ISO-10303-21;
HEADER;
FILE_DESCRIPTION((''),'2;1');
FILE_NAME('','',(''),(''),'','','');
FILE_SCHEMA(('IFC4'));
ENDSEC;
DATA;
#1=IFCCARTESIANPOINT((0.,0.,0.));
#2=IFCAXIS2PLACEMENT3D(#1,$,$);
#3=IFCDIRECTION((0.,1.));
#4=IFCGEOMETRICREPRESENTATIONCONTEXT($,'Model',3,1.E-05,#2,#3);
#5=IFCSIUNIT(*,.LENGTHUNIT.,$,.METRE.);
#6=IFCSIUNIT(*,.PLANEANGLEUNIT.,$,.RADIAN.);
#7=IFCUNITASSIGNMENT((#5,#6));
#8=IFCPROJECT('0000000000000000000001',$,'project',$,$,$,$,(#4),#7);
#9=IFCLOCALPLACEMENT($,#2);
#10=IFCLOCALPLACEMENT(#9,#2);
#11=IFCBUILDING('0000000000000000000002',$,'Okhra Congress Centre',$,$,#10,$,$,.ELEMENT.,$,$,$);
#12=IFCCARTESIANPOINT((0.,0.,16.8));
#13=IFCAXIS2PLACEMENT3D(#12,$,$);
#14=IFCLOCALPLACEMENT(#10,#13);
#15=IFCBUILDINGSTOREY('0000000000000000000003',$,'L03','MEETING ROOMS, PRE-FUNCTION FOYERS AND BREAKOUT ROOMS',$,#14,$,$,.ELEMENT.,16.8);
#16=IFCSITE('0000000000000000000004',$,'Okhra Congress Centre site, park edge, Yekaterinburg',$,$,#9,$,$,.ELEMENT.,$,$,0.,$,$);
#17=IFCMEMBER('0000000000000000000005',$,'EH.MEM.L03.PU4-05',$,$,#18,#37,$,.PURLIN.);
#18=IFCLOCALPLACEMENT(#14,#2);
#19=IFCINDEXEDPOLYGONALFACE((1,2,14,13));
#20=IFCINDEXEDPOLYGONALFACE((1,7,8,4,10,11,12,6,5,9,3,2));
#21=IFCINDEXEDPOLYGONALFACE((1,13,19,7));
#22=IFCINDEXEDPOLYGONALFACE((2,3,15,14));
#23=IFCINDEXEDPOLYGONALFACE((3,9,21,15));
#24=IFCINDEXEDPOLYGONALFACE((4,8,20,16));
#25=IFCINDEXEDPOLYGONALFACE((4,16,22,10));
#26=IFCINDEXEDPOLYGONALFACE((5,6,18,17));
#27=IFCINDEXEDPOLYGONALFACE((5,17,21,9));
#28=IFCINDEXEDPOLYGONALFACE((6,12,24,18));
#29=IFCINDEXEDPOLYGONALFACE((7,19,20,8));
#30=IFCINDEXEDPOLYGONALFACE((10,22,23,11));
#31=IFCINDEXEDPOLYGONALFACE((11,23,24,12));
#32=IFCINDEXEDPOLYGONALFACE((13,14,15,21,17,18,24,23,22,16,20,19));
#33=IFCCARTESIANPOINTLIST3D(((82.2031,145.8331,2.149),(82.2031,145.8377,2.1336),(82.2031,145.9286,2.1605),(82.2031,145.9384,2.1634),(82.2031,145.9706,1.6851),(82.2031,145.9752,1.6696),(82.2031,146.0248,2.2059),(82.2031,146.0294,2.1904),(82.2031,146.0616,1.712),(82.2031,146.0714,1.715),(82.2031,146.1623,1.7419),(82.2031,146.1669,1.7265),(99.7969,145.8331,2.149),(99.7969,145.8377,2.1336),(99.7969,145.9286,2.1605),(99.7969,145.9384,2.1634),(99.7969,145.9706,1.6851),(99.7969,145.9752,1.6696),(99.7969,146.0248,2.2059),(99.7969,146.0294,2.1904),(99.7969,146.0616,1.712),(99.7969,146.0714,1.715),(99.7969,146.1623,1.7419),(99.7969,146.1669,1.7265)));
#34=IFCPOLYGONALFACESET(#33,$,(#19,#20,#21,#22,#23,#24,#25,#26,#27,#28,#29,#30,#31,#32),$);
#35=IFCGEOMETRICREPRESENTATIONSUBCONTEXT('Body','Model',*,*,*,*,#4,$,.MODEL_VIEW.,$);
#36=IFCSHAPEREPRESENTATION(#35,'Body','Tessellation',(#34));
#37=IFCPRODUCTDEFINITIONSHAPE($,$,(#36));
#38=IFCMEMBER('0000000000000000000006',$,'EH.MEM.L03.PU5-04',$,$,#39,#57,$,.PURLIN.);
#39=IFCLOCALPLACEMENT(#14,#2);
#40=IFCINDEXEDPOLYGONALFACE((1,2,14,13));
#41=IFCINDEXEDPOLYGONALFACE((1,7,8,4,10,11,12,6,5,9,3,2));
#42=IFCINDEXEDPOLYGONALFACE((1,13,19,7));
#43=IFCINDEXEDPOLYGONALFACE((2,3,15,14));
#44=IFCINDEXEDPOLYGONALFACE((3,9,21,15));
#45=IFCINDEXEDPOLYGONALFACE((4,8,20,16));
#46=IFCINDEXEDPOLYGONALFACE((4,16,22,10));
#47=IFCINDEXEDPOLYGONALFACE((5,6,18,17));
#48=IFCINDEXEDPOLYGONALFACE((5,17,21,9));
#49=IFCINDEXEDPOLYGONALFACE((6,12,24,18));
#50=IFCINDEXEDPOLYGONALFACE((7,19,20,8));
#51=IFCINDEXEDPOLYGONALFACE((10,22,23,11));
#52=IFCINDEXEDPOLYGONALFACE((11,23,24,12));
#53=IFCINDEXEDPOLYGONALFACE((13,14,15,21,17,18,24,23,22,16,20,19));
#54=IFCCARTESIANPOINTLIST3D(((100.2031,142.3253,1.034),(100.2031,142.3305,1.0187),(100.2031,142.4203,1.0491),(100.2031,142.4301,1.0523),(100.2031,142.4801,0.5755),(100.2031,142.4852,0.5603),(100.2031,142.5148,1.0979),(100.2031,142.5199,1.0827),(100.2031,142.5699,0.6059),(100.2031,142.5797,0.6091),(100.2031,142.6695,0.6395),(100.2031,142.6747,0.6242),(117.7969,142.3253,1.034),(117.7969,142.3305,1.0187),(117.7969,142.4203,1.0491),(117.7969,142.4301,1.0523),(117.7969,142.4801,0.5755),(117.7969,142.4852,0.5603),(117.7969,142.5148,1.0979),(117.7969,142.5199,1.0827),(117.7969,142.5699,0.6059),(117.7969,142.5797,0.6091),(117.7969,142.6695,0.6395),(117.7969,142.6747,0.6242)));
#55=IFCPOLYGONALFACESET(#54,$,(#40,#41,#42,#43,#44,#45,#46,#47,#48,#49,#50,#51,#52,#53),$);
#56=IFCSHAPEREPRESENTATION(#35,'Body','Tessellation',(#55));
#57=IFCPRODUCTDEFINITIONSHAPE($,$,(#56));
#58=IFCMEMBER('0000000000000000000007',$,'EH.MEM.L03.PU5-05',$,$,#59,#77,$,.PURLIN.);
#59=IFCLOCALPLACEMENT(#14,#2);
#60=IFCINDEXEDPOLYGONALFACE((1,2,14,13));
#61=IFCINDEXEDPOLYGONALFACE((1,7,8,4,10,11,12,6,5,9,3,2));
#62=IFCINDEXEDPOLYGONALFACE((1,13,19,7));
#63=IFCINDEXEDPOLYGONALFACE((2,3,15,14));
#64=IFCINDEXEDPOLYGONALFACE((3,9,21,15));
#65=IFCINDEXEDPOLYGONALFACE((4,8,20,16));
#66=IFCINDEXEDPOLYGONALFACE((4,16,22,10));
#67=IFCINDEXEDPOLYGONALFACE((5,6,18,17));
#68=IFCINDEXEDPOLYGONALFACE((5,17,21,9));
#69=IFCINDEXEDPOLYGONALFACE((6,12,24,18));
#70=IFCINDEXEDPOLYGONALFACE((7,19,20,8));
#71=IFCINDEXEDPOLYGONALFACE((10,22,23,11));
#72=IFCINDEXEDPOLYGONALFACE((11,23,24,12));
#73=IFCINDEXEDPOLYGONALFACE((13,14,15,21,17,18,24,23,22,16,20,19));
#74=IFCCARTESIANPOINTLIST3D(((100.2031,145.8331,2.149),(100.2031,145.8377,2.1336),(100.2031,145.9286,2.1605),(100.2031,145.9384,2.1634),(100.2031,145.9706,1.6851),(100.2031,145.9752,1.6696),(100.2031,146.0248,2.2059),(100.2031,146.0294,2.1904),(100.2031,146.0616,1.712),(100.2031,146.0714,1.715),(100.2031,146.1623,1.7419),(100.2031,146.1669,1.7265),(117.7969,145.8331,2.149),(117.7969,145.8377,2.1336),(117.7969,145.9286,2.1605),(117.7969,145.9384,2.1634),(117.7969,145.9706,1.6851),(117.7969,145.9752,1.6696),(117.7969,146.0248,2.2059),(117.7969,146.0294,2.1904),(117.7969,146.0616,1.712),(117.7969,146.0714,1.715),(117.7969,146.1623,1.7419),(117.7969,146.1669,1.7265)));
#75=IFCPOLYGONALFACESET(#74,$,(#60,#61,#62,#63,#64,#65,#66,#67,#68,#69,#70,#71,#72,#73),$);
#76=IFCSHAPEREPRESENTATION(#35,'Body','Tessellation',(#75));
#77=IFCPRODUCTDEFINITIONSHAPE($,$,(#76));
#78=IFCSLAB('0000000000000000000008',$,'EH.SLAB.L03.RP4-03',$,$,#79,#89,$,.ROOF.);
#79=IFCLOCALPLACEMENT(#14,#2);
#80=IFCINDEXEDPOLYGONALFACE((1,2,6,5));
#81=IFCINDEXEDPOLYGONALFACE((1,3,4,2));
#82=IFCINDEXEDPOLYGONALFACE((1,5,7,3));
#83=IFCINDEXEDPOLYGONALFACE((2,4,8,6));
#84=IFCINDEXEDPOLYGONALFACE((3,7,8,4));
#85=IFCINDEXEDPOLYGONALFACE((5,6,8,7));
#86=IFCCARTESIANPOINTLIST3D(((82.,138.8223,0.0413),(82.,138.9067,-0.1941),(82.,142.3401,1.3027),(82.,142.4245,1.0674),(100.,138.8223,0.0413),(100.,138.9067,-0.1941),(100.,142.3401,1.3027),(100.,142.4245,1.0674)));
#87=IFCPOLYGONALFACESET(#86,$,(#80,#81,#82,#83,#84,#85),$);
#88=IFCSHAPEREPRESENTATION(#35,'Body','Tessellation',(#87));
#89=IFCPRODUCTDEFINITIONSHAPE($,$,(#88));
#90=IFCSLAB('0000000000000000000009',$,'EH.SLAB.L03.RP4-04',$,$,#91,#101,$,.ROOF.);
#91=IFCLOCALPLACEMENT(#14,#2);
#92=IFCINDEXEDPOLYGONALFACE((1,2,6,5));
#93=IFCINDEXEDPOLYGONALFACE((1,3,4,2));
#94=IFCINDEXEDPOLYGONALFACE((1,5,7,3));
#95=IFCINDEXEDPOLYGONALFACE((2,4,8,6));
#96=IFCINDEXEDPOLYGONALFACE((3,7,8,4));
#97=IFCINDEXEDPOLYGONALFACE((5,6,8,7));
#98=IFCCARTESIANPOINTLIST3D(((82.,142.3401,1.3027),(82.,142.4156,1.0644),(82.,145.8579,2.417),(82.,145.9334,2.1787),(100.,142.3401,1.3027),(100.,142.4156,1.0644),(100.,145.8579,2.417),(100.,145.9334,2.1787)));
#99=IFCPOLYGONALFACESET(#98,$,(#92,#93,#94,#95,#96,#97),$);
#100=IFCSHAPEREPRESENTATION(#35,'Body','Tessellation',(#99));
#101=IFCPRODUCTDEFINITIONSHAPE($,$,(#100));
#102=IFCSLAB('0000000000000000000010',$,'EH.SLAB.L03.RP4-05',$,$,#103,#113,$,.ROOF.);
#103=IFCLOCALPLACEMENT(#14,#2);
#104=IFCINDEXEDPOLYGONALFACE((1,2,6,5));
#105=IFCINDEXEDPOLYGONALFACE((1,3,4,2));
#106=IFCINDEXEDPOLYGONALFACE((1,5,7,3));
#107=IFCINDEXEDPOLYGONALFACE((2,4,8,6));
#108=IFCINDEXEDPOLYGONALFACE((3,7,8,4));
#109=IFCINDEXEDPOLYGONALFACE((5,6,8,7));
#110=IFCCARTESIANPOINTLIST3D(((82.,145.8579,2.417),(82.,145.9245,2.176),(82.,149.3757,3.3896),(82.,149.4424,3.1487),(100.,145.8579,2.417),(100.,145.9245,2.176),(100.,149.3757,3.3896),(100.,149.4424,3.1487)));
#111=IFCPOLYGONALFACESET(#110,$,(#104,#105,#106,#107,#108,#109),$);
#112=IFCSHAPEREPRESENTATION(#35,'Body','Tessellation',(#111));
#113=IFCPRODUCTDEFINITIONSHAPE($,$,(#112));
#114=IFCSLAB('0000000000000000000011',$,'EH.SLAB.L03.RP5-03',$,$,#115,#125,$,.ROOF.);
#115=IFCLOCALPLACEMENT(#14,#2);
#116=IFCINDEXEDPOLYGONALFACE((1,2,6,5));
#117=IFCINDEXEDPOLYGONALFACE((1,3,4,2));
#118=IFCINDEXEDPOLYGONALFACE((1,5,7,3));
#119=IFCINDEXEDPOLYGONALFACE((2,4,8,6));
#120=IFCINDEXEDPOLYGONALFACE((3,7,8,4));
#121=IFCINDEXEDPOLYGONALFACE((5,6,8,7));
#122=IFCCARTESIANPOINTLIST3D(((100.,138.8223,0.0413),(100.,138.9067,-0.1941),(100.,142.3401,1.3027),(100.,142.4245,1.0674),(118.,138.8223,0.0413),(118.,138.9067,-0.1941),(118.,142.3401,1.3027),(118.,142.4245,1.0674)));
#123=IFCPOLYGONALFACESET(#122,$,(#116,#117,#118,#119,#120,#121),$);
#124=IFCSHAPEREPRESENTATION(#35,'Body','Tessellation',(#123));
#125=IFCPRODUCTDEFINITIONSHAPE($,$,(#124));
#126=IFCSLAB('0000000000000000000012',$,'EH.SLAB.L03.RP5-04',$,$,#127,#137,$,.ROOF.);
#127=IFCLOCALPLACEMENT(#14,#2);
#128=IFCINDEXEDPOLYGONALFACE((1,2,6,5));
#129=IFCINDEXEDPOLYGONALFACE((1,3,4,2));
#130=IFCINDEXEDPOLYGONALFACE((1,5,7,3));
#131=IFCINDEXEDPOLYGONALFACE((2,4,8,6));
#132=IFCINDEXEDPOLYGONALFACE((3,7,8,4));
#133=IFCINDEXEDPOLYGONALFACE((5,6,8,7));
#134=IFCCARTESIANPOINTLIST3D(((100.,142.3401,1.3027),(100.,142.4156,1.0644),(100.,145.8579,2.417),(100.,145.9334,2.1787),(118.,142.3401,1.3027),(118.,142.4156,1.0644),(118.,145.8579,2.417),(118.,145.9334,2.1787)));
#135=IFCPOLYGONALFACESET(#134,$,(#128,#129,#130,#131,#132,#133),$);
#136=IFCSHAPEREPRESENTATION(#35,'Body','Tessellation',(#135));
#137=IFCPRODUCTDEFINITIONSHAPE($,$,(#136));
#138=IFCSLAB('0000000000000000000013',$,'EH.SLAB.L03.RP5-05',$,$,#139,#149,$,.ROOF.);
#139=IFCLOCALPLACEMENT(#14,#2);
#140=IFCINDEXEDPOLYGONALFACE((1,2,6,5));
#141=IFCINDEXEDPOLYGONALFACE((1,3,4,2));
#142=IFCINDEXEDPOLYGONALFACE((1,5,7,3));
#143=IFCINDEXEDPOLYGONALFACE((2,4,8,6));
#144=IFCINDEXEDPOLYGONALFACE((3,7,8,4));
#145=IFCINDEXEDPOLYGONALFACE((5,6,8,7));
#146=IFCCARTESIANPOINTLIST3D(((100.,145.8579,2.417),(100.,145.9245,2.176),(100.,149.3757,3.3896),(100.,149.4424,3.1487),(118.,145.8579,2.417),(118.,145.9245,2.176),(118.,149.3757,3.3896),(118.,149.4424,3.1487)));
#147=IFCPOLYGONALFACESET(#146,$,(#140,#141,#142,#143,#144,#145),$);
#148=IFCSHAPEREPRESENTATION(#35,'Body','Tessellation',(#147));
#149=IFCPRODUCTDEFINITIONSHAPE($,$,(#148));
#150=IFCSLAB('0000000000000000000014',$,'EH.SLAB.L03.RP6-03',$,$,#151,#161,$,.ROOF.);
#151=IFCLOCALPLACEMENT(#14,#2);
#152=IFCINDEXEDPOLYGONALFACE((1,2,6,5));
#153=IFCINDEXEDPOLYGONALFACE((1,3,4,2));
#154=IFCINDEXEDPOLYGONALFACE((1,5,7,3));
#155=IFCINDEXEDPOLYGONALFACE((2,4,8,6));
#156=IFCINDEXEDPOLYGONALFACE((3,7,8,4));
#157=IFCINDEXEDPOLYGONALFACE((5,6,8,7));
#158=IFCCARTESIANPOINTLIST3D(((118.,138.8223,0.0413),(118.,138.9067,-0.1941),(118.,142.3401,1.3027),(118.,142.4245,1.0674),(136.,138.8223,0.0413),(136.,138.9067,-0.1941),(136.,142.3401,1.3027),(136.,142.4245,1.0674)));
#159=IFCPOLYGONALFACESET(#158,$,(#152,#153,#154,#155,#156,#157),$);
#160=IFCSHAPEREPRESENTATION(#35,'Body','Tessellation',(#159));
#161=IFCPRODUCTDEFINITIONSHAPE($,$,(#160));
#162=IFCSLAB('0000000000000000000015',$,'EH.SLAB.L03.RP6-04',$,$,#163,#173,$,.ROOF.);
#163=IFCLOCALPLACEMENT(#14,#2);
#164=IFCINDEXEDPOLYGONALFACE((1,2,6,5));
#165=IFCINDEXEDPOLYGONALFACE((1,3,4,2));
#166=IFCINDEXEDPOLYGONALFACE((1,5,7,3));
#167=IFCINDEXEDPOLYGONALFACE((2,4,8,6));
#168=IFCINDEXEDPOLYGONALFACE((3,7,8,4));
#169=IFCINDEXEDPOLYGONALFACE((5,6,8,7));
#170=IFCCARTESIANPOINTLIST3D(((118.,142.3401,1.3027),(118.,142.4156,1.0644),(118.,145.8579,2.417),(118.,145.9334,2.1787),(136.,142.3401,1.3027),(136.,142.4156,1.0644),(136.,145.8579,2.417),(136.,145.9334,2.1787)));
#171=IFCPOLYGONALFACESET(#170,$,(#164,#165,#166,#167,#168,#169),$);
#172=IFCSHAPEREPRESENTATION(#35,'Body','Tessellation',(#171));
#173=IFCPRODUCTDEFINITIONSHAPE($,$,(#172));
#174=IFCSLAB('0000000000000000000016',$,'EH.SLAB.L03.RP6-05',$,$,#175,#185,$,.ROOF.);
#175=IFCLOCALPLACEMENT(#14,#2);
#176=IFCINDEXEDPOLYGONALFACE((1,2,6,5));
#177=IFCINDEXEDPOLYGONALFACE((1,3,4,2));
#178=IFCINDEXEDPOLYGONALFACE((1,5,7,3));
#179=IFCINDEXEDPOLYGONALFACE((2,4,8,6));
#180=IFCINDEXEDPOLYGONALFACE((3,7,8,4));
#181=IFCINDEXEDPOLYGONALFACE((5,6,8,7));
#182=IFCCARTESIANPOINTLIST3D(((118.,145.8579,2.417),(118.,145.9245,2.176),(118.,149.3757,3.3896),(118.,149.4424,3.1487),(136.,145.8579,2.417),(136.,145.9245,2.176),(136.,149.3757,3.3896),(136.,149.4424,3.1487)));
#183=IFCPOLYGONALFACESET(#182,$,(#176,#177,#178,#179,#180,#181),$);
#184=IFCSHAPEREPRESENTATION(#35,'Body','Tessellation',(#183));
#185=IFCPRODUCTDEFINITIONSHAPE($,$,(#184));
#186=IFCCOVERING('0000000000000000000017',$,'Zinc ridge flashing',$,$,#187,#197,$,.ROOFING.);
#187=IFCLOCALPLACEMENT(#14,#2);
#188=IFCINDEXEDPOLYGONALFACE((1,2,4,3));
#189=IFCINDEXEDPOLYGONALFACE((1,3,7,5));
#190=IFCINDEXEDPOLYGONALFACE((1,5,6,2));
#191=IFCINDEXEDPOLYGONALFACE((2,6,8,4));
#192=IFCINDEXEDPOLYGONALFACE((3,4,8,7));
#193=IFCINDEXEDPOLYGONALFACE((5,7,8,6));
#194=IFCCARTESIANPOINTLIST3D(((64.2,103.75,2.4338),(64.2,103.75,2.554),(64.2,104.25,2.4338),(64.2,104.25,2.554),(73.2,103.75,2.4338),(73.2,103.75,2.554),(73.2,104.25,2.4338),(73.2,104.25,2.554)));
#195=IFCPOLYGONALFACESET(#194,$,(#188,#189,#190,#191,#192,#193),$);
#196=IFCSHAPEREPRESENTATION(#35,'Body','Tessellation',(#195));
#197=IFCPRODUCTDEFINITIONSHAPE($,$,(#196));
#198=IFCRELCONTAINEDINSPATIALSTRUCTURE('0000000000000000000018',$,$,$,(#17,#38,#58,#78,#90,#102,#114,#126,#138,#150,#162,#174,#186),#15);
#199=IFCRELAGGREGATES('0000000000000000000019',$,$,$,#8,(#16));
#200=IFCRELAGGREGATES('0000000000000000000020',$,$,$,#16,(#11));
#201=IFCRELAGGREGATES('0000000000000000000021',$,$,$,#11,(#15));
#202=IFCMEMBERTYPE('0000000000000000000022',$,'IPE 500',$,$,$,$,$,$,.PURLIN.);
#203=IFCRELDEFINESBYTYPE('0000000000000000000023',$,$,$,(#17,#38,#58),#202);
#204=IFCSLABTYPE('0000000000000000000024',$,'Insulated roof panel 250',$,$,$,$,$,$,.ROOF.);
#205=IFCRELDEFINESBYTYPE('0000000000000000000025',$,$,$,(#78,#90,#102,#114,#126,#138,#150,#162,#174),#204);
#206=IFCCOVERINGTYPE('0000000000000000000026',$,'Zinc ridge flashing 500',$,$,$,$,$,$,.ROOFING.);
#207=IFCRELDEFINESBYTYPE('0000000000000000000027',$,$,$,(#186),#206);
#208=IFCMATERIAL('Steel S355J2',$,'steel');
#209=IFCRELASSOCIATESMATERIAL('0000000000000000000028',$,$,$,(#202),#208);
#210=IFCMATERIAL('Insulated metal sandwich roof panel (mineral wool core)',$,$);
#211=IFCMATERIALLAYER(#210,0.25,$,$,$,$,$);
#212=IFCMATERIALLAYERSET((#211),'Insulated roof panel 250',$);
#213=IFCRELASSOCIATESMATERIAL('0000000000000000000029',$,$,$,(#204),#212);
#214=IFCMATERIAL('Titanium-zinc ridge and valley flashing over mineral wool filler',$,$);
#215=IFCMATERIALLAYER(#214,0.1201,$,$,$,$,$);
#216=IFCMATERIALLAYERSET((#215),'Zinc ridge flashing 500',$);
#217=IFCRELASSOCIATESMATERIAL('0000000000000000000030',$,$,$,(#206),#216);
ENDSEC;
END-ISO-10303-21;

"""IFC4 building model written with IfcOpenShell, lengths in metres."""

from ifc_helpers import new_model, si_unit, direction, frame, origin, origin_2d, place, context, subcontext, project, spatial, polyline, rectangle, i_section, outline, extrude, material, layer, layer_set, material_profile, profile_set, type_object, element, save


model = new_model("IFC4")

# Units and contexts
model_context = context("Model", 3, precision=1e-05, world=origin(), true_north=direction((0.0, 1.0)))
body_context = subcontext(model_context, "Body", "Model", "MODEL_VIEW")
ifc_project = project(units=[si_unit("LENGTHUNIT", "METRE"), si_unit("PLANEANGLEUNIT", "RADIAN")], contexts=[model_context])

# Site, building, storey
site_placement = place(None, origin())
site = spatial("IfcSite", under=ifc_project, at=site_placement, Name="Okhra Congress Centre site, park edge, Yekaterinburg", CompositionType="ELEMENT", RefElevation=0.0)
building_placement = place(site_placement, origin())
building = spatial("IfcBuilding", under=site, at=building_placement, Name="Okhra Congress Centre", CompositionType="ELEMENT")
storey_placement = place(building_placement, frame((0.0, 0.0, 16.8)))
storey = spatial("IfcBuildingStorey", under=building, at=storey_placement, Name="L03", Description="MEETING ROOMS, PRE-FUNCTION FOYERS AND BREAKOUT ROOMS", CompositionType="ELEMENT", Elevation=16.8)

# Members
ifc_material_1 = material(Name="Steel S355J2", Category="steel")
ifc_material_profile_1 = material_profile(ifc_material_1, i_section(OverallWidth=0.2, OverallDepth=0.5, WebThickness=0.0103, FlangeThickness=0.0161, at=origin_2d()), Name="IPE 500")
ifc_profile_set_1 = profile_set([ifc_material_profile_1], Name="Steel S355J2")
member_type_1 = type_object("IfcMemberType", Name="IPE 500", PredefinedType="PURLIN", material=ifc_profile_set_1)
for number, where, z_axis, x_axis, name in (
    (1, (82.2031, 146.0, 1.9377), (1.0, 0.0, 0.0), (0.0, 0.958743, 0.284276), "EH.MEM.L03.PU4-05"),
    (2, (100.2031, 142.5, 0.8291), (1.0, 0.0, 0.0), (0.0, 0.947481, 0.319813), "EH.MEM.L03.PU5-04"),
    (3, (100.2031, 146.0, 1.9377), (1.0, 0.0, 0.0), (0.0, 0.958743, 0.284276), "EH.MEM.L03.PU5-05"),
):
    element("IfcMember", number, at=place(storey_placement, frame(where, z_axis=z_axis, x_axis=x_axis)), inside=storey, type_object=member_type_1, Name=name, PredefinedType="PURLIN", context=body_context, shape_type="SweptSolid", body=[
        extrude(i_section(OverallWidth=0.2, OverallDepth=0.5, WebThickness=0.0103, FlangeThickness=0.0161, at=origin_2d()), origin(), (0.0, 0.0, 1.0), 17.5938),
    ])

# Slabs
ifc_material_2 = material(Name="Insulated metal sandwich roof panel (mineral wool core)")
ifc_layer_1 = layer(ifc_material_2, 0.25)
ifc_layer_set_1 = layer_set([ifc_layer_1], Name="Insulated roof panel 250")
slab_type = type_object("IfcSlabType", Name="Insulated roof panel 250", PredefinedType="ROOF", material=ifc_layer_set_1)
slab_1_placement = place(storey_placement, frame((82.0, 138.8223, 0.0413), z_axis=(0.0, -0.337549, 0.941308), x_axis=(1.0, 0.0, 0.0)))
element("IfcSlab", 4, at=slab_1_placement, inside=storey, type_object=slab_type, Name="EH.SLAB.L03.RP4-03", PredefinedType="ROOF", context=body_context, shape_type="SweptSolid", body=[
    extrude(outline(polyline([(0.0, 0.0), (18.0, 0.0), (18.0, 3.7372), (0.0, 3.7372), (0.0, 0.0)])), origin(), (0.0, 0.0, -1.0), 0.25),
])
slab_2_placement = place(storey_placement, frame((82.0, 142.3401, 1.3027), z_axis=(0.0, -0.301961, 0.95332), x_axis=(1.0, 0.0, 0.0)))
element("IfcSlab", 5, at=slab_2_placement, inside=storey, type_object=slab_type, Name="EH.SLAB.L03.RP4-04", PredefinedType="ROOF", context=body_context, shape_type="SweptSolid", body=[
    extrude(outline(polyline([(0.0, 0.0), (18.0, 0.0), (18.0, 3.6901), (0.0, 3.6901), (0.0, 0.0)])), origin(), (0.0, 0.0, -1.0), 0.25),
])
slab_3_placement = place(storey_placement, frame((82.0, 145.8579, 2.417), z_axis=(0.0, -0.266495, 0.963836), x_axis=(1.0, 0.0, 0.0)))
element("IfcSlab", 6, at=slab_3_placement, inside=storey, type_object=slab_type, Name="EH.SLAB.L03.RP4-05", PredefinedType="ROOF", context=body_context, shape_type="SweptSolid", body=[
    extrude(outline(polyline([(0.0, 0.0), (18.0, 0.0), (18.0, 3.6498), (0.0, 3.6498), (0.0, 0.0)])), origin(), (0.0, 0.0, -1.0), 0.25),
])
slab_4_placement = place(storey_placement, frame((100.0, 138.8223, 0.0413), z_axis=(0.0, -0.337549, 0.941308), x_axis=(1.0, 0.0, 0.0)))
element("IfcSlab", 7, at=slab_4_placement, inside=storey, type_object=slab_type, Name="EH.SLAB.L03.RP5-03", PredefinedType="ROOF", context=body_context, shape_type="SweptSolid", body=[
    extrude(outline(polyline([(0.0, 0.0), (18.0, 0.0), (18.0, 3.7372), (0.0, 3.7372), (0.0, 0.0)])), origin(), (0.0, 0.0, -1.0), 0.25),
])
slab_5_placement = place(storey_placement, frame((100.0, 142.3401, 1.3027), z_axis=(0.0, -0.301961, 0.95332), x_axis=(1.0, 0.0, 0.0)))
element("IfcSlab", 8, at=slab_5_placement, inside=storey, type_object=slab_type, Name="EH.SLAB.L03.RP5-04", PredefinedType="ROOF", context=body_context, shape_type="SweptSolid", body=[
    extrude(outline(polyline([(0.0, 0.0), (18.0, 0.0), (18.0, 3.6901), (0.0, 3.6901), (0.0, 0.0)])), origin(), (0.0, 0.0, -1.0), 0.25),
])
slab_6_placement = place(storey_placement, frame((100.0, 145.8579, 2.417), z_axis=(0.0, -0.266495, 0.963836), x_axis=(1.0, 0.0, 0.0)))
element("IfcSlab", 9, at=slab_6_placement, inside=storey, type_object=slab_type, Name="EH.SLAB.L03.RP5-05", PredefinedType="ROOF", context=body_context, shape_type="SweptSolid", body=[
    extrude(outline(polyline([(0.0, 0.0), (18.0, 0.0), (18.0, 3.6498), (0.0, 3.6498), (0.0, 0.0)])), origin(), (0.0, 0.0, -1.0), 0.25),
])
slab_7_placement = place(storey_placement, frame((118.0, 138.8223, 0.0413), z_axis=(0.0, -0.337549, 0.941308), x_axis=(1.0, 0.0, 0.0)))
element("IfcSlab", 10, at=slab_7_placement, inside=storey, type_object=slab_type, Name="EH.SLAB.L03.RP6-03", PredefinedType="ROOF", context=body_context, shape_type="SweptSolid", body=[
    extrude(outline(polyline([(0.0, 0.0), (18.0, 0.0), (18.0, 3.7372), (0.0, 3.7372), (0.0, 0.0)])), origin(), (0.0, 0.0, -1.0), 0.25),
])
slab_8_placement = place(storey_placement, frame((118.0, 142.3401, 1.3027), z_axis=(0.0, -0.301961, 0.95332), x_axis=(1.0, 0.0, 0.0)))
element("IfcSlab", 11, at=slab_8_placement, inside=storey, type_object=slab_type, Name="EH.SLAB.L03.RP6-04", PredefinedType="ROOF", context=body_context, shape_type="SweptSolid", body=[
    extrude(outline(polyline([(0.0, 0.0), (18.0, 0.0), (18.0, 3.6901), (0.0, 3.6901), (0.0, 0.0)])), origin(), (0.0, 0.0, -1.0), 0.25),
])
slab_9_placement = place(storey_placement, frame((118.0, 145.8579, 2.417), z_axis=(0.0, -0.266495, 0.963836), x_axis=(1.0, 0.0, 0.0)))
element("IfcSlab", 12, at=slab_9_placement, inside=storey, type_object=slab_type, Name="EH.SLAB.L03.RP6-05", PredefinedType="ROOF", context=body_context, shape_type="SweptSolid", body=[
    extrude(outline(polyline([(0.0, 0.0), (18.0, 0.0), (18.0, 3.6498), (0.0, 3.6498), (0.0, 0.0)])), origin(), (0.0, 0.0, -1.0), 0.25),
])

# Covering
ifc_material_3 = material(Name="Titanium-zinc ridge and valley flashing over mineral wool filler")
ifc_layer_2 = layer(ifc_material_3, 0.1201)
ifc_layer_set_2 = layer_set([ifc_layer_2], Name="Zinc ridge flashing 500")
covering_type = type_object("IfcCoveringType", Name="Zinc ridge flashing 500", PredefinedType="ROOFING", material=ifc_layer_set_2)
covering_placement = place(storey_placement, frame((68.7, 104.0, 2.4338), z_axis=(0.0, 0.0, 1.0), x_axis=(1.0, 0.0, 0.0)))
element("IfcCovering", 13, at=covering_placement, inside=storey, type_object=covering_type, Name="Zinc ridge flashing", PredefinedType="ROOFING", context=body_context, shape_type="SweptSolid", body=[
    extrude(rectangle(XDim=9.0, YDim=0.5, at=origin_2d()), origin(), (0.0, 0.0, 1.0), 0.1201),
])

save(model, "model.ifc")
